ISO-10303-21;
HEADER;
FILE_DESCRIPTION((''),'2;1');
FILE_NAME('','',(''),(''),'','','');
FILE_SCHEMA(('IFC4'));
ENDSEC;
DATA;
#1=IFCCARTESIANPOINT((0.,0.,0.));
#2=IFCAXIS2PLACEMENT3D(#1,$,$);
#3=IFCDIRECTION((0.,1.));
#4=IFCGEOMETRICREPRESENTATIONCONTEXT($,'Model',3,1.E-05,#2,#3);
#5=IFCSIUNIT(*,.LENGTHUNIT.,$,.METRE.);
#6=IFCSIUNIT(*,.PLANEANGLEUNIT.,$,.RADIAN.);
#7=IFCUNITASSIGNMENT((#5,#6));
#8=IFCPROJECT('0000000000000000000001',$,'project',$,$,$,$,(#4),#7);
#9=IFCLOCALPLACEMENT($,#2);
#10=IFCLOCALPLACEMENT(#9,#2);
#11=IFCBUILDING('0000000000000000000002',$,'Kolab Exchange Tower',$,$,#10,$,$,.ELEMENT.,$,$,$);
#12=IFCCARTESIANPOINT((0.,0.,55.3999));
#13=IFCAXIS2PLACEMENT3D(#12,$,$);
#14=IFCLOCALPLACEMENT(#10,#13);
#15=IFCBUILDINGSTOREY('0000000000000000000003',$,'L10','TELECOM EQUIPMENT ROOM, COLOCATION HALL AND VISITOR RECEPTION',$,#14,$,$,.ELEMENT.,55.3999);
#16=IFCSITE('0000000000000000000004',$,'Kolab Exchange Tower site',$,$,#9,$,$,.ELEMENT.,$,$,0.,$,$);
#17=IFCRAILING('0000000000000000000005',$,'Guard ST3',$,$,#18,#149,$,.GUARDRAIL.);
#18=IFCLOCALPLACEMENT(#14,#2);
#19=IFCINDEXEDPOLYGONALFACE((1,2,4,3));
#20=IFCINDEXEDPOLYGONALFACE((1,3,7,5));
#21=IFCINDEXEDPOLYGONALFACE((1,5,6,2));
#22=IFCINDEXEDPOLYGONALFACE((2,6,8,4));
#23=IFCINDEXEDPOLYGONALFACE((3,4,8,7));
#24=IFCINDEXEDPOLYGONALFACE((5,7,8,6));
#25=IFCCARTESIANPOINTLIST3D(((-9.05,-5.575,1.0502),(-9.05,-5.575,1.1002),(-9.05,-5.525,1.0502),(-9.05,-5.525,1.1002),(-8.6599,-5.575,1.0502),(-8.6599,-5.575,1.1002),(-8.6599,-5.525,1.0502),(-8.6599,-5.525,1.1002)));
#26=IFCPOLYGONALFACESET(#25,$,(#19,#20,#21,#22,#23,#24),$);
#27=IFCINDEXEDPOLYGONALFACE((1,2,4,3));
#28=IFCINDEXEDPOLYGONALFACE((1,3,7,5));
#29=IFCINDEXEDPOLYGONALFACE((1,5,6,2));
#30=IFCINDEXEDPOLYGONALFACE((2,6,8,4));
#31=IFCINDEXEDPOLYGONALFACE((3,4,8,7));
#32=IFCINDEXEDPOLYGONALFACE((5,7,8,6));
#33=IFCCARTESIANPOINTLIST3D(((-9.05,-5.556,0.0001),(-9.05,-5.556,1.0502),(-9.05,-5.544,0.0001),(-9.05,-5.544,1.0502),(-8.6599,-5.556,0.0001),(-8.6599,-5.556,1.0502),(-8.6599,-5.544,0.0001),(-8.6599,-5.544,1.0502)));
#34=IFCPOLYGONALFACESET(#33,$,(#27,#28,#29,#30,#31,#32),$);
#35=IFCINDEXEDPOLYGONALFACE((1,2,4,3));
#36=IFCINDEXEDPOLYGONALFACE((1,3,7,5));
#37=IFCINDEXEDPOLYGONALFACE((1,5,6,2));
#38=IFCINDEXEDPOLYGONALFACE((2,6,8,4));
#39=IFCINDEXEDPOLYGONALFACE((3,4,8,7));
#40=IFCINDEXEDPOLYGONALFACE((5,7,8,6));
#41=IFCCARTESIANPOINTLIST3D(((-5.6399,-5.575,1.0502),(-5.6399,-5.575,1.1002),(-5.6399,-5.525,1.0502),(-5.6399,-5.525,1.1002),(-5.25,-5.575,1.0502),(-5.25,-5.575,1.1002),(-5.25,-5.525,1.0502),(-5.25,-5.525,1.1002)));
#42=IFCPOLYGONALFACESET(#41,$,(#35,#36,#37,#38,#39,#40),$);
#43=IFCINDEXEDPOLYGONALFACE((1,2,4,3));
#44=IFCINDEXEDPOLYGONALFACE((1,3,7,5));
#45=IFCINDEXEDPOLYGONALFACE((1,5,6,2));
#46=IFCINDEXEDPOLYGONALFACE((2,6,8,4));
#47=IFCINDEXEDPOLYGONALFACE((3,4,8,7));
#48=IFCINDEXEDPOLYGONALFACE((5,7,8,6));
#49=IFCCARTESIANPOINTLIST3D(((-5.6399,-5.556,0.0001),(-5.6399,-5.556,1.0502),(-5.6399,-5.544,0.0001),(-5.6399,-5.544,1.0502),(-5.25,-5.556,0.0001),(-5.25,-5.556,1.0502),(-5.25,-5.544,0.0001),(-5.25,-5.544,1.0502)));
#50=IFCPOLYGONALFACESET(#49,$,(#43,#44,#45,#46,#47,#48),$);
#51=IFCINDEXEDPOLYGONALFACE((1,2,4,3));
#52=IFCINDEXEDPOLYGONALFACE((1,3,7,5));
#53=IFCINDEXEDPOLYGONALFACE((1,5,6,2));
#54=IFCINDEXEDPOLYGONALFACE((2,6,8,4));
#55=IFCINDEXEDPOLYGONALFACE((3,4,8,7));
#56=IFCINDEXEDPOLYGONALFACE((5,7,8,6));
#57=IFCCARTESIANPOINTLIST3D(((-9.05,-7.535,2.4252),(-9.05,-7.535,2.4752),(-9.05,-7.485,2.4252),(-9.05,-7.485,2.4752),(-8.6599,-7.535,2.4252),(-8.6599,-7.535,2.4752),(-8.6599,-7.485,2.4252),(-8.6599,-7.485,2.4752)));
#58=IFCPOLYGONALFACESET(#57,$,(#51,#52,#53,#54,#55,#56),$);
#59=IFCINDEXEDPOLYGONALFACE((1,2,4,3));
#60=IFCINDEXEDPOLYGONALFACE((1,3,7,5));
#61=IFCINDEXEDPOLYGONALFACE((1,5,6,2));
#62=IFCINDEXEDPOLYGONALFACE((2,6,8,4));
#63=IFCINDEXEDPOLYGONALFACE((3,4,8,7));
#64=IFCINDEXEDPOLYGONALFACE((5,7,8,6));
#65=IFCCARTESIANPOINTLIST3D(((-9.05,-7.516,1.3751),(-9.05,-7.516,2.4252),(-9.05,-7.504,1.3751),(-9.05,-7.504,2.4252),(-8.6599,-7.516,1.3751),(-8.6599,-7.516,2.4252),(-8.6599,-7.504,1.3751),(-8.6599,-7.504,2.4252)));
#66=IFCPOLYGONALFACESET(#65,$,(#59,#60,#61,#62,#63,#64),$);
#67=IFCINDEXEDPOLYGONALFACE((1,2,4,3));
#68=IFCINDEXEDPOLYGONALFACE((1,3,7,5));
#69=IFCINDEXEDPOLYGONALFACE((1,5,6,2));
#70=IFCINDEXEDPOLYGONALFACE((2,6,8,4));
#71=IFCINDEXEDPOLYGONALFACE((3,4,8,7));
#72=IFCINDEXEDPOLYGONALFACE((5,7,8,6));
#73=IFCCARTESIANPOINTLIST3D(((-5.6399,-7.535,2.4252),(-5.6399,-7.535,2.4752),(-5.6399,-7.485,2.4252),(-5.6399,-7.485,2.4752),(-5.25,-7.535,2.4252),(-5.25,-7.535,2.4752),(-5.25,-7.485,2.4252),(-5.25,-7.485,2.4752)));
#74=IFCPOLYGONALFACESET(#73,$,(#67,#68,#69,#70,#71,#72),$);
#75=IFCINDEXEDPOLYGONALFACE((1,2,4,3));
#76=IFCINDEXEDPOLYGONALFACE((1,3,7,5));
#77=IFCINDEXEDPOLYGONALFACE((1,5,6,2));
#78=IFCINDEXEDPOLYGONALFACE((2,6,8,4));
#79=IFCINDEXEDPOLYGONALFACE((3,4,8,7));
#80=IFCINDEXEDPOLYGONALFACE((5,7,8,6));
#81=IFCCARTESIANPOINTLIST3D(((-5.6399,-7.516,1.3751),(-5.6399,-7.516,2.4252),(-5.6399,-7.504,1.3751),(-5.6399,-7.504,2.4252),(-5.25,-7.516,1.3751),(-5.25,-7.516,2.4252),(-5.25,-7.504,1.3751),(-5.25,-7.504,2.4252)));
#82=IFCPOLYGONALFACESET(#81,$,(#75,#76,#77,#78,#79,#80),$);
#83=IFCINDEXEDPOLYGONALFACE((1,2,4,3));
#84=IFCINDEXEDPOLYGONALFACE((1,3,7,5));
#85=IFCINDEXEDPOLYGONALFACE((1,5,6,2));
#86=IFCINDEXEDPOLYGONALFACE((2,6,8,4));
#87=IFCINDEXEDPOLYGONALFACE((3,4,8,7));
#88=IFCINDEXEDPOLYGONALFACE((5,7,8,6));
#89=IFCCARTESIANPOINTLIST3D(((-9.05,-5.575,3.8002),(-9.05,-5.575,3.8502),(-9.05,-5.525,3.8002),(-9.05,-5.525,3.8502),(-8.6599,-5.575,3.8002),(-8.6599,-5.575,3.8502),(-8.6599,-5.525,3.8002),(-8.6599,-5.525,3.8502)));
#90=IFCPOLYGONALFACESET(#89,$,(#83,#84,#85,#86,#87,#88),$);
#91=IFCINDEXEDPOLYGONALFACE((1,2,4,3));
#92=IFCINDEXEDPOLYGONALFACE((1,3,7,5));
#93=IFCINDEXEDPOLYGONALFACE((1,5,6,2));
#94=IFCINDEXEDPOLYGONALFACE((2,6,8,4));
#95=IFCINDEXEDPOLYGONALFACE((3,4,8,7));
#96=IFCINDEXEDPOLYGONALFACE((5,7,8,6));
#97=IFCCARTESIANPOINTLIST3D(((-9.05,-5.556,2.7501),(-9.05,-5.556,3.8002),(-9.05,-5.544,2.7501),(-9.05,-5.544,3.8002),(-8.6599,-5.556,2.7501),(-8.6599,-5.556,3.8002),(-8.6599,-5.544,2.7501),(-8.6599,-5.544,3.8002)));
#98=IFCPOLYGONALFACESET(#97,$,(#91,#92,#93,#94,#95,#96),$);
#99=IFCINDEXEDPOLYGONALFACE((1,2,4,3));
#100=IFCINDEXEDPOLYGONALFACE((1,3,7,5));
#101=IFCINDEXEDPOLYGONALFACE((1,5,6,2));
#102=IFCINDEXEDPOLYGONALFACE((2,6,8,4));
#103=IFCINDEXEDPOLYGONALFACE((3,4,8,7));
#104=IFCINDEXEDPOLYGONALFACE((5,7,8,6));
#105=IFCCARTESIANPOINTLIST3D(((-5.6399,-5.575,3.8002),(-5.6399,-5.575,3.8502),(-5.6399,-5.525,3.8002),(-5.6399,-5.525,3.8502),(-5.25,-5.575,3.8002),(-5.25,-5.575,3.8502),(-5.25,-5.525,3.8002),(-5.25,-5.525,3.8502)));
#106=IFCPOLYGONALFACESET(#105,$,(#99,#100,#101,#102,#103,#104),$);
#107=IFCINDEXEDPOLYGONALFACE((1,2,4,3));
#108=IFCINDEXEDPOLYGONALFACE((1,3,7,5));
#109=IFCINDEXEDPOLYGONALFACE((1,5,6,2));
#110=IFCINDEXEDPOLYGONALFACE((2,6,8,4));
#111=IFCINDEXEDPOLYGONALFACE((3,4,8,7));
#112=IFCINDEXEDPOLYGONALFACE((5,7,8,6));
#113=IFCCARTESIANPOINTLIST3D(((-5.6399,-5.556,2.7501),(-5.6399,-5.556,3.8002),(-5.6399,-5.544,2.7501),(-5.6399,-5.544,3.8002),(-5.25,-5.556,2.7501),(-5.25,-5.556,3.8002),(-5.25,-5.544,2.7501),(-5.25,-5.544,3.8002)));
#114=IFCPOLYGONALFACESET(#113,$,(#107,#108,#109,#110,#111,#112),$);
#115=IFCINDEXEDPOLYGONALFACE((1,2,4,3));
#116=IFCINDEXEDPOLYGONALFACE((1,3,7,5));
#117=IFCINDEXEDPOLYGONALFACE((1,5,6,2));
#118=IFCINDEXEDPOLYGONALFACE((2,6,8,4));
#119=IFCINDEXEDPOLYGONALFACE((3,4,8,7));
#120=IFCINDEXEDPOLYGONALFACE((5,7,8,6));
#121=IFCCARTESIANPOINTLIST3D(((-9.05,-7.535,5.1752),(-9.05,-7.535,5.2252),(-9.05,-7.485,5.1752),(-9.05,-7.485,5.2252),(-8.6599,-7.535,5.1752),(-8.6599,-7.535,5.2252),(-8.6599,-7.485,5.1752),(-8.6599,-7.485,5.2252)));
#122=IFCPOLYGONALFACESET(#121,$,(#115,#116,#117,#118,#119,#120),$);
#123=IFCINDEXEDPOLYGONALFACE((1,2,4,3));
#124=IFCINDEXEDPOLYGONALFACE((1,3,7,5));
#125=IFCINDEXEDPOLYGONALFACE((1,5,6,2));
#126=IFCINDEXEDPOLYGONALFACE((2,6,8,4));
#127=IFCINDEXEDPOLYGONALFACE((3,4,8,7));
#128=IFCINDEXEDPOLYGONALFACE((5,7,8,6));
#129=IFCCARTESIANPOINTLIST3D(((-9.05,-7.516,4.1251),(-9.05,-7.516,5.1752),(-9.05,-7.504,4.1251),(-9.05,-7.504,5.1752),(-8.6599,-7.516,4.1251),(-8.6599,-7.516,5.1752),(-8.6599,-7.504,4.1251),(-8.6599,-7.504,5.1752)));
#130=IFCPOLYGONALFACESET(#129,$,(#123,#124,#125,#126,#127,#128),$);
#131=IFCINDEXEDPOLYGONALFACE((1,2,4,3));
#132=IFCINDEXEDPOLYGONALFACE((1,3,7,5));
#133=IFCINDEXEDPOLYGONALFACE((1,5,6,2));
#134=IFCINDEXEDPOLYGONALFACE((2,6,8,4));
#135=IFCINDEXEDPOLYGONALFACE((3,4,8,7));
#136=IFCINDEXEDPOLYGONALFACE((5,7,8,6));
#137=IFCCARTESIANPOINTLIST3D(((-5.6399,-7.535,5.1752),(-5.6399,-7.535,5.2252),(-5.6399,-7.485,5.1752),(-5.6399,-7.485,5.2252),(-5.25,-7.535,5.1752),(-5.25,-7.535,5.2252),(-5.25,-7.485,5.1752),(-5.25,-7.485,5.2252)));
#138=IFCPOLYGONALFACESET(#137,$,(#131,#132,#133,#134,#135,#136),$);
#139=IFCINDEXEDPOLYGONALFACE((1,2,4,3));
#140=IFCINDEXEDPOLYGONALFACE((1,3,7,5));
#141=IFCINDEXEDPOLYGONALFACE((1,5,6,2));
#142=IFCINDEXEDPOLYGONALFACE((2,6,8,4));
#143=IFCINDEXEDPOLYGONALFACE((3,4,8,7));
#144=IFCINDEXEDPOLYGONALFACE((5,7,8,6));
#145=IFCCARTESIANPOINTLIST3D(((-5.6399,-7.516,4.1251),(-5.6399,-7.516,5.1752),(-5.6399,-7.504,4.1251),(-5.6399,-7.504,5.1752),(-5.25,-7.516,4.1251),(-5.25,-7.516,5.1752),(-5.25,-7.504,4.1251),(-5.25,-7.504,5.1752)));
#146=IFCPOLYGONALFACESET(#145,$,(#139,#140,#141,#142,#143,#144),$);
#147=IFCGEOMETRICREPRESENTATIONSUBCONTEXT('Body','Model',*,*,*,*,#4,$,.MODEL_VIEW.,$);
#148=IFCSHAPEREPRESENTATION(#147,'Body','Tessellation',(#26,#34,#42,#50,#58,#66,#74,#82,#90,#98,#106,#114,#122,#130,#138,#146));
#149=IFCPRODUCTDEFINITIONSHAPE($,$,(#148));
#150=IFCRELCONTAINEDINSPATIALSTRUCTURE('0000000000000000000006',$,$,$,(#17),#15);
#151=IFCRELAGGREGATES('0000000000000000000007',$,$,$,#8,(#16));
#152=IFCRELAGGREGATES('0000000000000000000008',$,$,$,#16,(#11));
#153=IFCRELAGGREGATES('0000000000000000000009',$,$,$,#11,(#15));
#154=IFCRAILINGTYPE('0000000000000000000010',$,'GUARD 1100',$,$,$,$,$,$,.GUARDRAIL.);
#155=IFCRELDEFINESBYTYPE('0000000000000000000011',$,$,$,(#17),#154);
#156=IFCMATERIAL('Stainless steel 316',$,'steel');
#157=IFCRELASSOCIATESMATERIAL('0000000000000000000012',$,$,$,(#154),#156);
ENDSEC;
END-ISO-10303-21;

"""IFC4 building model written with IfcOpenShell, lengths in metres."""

from ifc_helpers import new_model, si_unit, direction, frame, frame_2d, origin, origin_2d, place, context, subcontext, project, spatial, rectangle, extrude, material, type_object, element, save


model = new_model("IFC4")

# Units and contexts
model_context = context("Model", 3, precision=1e-05, world=origin(), true_north=direction((0.0, 1.0)))
body_context = subcontext(model_context, "Body", "Model", "MODEL_VIEW")
ifc_project = project(units=[si_unit("LENGTHUNIT", "METRE"), si_unit("PLANEANGLEUNIT", "RADIAN")], contexts=[model_context])

# Site, building, storey
site_placement = place(None, origin())
site = spatial("IfcSite", under=ifc_project, at=site_placement, Name="Kolab Exchange Tower site", CompositionType="ELEMENT", RefElevation=0.0)
building_placement = place(site_placement, origin())
building = spatial("IfcBuilding", under=site, at=building_placement, Name="Kolab Exchange Tower", CompositionType="ELEMENT")
storey_placement = place(building_placement, frame((0.0, 0.0, 55.3999)))
storey = spatial("IfcBuildingStorey", under=building, at=storey_placement, Name="L10", Description="TELECOM EQUIPMENT ROOM, COLOCATION HALL AND VISITOR RECEPTION", CompositionType="ELEMENT", Elevation=55.3999)

# Shared definitions
ifc_material_1 = material(Name="Stainless steel 316", Category="steel")

# Railing
railing_type = type_object("IfcRailingType", Name="GUARD 1100", PredefinedType="GUARDRAIL", material=ifc_material_1)
railing_placement = place(storey_placement, frame((-9.05, -5.55, 0.0)))
element("IfcRailing", 1, at=railing_placement, inside=storey, type_object=railing_type, Name="Guard ST3", PredefinedType="GUARDRAIL", context=body_context, shape_type="SweptSolid", body=[
    extrude(rectangle(XDim=0.05, YDim=0.05, at=origin_2d()), frame((0.0, 0.0, 1.0752), z_axis=(1.0, 0.0, 0.0), x_axis=(0.0, 1.0, 0.0)), (0.0, 0.0, 1.0), 0.3901),
    extrude(rectangle(XDim=0.012, YDim=1.0501, at=frame_2d((0.0, 0.5251))), frame((0.0, 0.0, 0.0), z_axis=(1.0, 0.0, 0.0), x_axis=(0.0, 1.0, 0.0)), (0.0, 0.0, 1.0), 0.3901),
    extrude(rectangle(XDim=0.05, YDim=0.05, at=origin_2d()), frame((3.4102, 0.0, 1.0752), z_axis=(1.0, 0.0, 0.0), x_axis=(0.0, 1.0, 0.0)), (0.0, 0.0, 1.0), 0.3899),
    extrude(rectangle(XDim=0.012, YDim=1.0501, at=frame_2d((0.0, 0.5251))), frame((3.4102, 0.0, 0.0), z_axis=(1.0, 0.0, 0.0), x_axis=(0.0, 1.0, 0.0)), (0.0, 0.0, 1.0), 0.3899),
    extrude(rectangle(XDim=0.05, YDim=0.05, at=origin_2d()), frame((0.0, -1.96, 2.4502), z_axis=(1.0, 0.0, 0.0), x_axis=(0.0, 1.0, 0.0)), (0.0, 0.0, 1.0), 0.3901),
    extrude(rectangle(XDim=0.012, YDim=1.0501, at=frame_2d((0.0, 0.5251))), frame((0.0, -1.96, 1.375), z_axis=(1.0, 0.0, 0.0), x_axis=(0.0, 1.0, 0.0)), (0.0, 0.0, 1.0), 0.3901),
    extrude(rectangle(XDim=0.05, YDim=0.05, at=origin_2d()), frame((3.4102, -1.96, 2.4502), z_axis=(1.0, 0.0, 0.0), x_axis=(0.0, 1.0, 0.0)), (0.0, 0.0, 1.0), 0.3899),
    extrude(rectangle(XDim=0.012, YDim=1.0501, at=frame_2d((0.0, 0.5251))), frame((3.4102, -1.96, 1.375), z_axis=(1.0, 0.0, 0.0), x_axis=(0.0, 1.0, 0.0)), (0.0, 0.0, 1.0), 0.3899),
    extrude(rectangle(XDim=0.05, YDim=0.05, at=origin_2d()), frame((0.0, 0.0, 3.8252), z_axis=(1.0, 0.0, 0.0), x_axis=(0.0, 1.0, 0.0)), (0.0, 0.0, 1.0), 0.3901),
    extrude(rectangle(XDim=0.012, YDim=1.0501, at=frame_2d((0.0, 0.5251))), frame((0.0, 0.0, 2.75), z_axis=(1.0, 0.0, 0.0), x_axis=(0.0, 1.0, 0.0)), (0.0, 0.0, 1.0), 0.3901),
    extrude(rectangle(XDim=0.05, YDim=0.05, at=origin_2d()), frame((3.4102, 0.0, 3.8252), z_axis=(1.0, 0.0, 0.0), x_axis=(0.0, 1.0, 0.0)), (0.0, 0.0, 1.0), 0.3899),
    extrude(rectangle(XDim=0.012, YDim=1.0501, at=frame_2d((0.0, 0.5251))), frame((3.4102, 0.0, 2.75), z_axis=(1.0, 0.0, 0.0), x_axis=(0.0, 1.0, 0.0)), (0.0, 0.0, 1.0), 0.3899),
    extrude(rectangle(XDim=0.05, YDim=0.05, at=origin_2d()), frame((0.0, -1.96, 5.2002), z_axis=(1.0, 0.0, 0.0), x_axis=(0.0, 1.0, 0.0)), (0.0, 0.0, 1.0), 0.3901),
    extrude(rectangle(XDim=0.012, YDim=1.0501, at=frame_2d((0.0, 0.5251))), frame((0.0, -1.96, 4.125), z_axis=(1.0, 0.0, 0.0), x_axis=(0.0, 1.0, 0.0)), (0.0, 0.0, 1.0), 0.3901),
    extrude(rectangle(XDim=0.05, YDim=0.05, at=origin_2d()), frame((3.4102, -1.96, 5.2002), z_axis=(1.0, 0.0, 0.0), x_axis=(0.0, 1.0, 0.0)), (0.0, 0.0, 1.0), 0.3899),
    extrude(rectangle(XDim=0.012, YDim=1.0501, at=frame_2d((0.0, 0.5251))), frame((3.4102, -1.96, 4.125), z_axis=(1.0, 0.0, 0.0), x_axis=(0.0, 1.0, 0.0)), (0.0, 0.0, 1.0), 0.3899),
])

save(model, "model.ifc")
